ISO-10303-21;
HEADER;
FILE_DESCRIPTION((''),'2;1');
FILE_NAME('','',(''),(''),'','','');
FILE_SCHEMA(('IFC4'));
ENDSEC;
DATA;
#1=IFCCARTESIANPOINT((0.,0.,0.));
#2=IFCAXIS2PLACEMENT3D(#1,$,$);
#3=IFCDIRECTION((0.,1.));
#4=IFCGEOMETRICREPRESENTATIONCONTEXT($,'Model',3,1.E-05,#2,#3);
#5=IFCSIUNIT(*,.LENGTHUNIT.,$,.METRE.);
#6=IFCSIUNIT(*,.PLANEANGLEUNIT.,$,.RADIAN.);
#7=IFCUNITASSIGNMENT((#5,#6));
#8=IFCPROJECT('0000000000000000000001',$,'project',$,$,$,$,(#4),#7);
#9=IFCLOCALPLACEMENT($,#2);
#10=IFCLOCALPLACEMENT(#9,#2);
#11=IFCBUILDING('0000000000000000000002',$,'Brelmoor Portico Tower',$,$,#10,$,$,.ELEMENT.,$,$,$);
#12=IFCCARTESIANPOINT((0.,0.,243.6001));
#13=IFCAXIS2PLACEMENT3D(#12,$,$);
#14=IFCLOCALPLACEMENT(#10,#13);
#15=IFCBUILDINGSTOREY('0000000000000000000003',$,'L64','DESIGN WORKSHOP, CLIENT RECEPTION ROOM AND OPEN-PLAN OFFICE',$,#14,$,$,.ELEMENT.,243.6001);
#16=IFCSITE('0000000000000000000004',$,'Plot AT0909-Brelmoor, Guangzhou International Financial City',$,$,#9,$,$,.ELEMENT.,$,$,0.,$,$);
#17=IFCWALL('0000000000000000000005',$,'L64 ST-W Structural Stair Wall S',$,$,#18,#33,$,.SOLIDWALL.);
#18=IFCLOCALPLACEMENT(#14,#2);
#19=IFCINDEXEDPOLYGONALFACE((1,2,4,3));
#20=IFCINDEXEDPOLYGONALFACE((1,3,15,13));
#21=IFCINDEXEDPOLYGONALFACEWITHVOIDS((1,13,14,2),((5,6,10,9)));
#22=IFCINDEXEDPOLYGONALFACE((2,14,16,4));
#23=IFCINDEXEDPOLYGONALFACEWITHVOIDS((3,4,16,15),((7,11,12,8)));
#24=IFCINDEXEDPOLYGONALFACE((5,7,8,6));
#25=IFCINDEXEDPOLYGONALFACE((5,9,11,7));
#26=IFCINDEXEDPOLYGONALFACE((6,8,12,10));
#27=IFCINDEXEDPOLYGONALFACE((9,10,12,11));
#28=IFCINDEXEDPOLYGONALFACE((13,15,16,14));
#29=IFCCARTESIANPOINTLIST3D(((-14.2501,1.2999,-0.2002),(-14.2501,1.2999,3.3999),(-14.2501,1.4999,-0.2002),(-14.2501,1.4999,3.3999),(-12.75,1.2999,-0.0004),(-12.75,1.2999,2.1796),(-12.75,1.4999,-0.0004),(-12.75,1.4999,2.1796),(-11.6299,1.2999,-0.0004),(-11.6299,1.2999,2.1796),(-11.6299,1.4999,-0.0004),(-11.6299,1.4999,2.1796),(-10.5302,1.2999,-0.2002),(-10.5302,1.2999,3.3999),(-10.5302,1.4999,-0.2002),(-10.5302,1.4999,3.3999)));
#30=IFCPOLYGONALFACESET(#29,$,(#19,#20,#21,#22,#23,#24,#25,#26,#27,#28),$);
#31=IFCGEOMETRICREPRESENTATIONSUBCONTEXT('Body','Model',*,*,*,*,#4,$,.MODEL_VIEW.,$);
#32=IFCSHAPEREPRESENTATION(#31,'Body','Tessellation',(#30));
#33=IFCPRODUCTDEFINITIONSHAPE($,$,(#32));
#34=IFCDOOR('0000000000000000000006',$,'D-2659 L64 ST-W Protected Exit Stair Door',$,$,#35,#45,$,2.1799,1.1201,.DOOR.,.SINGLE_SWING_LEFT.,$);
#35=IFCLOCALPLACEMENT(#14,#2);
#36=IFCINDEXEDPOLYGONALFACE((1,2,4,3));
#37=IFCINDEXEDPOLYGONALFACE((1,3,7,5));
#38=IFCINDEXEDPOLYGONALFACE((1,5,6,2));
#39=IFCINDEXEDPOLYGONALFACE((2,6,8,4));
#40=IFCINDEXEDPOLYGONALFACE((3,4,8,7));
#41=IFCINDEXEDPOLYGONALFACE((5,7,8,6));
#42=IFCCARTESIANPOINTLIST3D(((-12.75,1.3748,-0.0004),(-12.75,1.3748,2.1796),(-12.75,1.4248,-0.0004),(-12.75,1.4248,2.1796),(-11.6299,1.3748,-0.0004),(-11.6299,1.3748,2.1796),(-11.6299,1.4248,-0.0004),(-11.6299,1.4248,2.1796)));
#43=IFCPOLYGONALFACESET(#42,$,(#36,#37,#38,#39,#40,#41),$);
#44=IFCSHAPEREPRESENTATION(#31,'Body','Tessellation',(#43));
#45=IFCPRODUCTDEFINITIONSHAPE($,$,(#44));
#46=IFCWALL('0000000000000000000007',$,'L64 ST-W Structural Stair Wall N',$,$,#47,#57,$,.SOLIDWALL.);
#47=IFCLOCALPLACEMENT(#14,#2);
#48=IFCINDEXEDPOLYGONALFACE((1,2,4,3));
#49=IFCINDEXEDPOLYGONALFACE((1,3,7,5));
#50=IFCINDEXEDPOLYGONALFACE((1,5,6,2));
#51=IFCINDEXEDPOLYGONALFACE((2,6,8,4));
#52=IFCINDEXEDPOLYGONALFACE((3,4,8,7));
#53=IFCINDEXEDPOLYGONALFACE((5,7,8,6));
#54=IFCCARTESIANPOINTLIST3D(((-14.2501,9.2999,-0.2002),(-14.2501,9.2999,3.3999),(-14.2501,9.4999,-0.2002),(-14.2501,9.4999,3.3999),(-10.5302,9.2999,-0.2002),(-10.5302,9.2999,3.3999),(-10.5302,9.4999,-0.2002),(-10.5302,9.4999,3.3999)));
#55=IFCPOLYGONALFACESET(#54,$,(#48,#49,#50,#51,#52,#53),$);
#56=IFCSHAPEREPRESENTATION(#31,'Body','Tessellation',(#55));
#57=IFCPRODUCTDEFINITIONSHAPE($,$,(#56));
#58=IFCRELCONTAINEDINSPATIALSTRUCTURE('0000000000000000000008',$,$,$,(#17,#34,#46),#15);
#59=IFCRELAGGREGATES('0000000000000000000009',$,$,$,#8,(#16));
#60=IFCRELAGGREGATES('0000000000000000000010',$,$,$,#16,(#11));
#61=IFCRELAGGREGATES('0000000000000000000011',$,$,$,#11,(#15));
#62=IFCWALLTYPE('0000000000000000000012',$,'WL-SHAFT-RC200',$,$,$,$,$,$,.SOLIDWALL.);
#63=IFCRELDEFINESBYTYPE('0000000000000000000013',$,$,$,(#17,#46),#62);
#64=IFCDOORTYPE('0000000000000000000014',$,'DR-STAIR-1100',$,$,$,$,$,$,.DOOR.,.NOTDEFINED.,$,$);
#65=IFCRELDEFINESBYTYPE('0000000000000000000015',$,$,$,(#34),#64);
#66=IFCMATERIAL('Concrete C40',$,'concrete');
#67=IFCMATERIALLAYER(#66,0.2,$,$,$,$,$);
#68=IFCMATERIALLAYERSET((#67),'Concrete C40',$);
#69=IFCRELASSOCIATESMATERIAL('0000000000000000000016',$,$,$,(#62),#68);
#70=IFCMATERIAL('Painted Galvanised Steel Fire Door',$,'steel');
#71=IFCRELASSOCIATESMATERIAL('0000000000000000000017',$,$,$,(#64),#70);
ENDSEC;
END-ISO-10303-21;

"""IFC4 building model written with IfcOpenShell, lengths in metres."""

from ifc_helpers import new_model, si_unit, direction, frame, frame_2d, origin, place, context, subcontext, project, spatial, rectangle, extrude, material, layer, layer_set, type_object, element, fill, save


model = new_model("IFC4")

# Units and contexts
model_context = context("Model", 3, precision=1e-05, world=origin(), true_north=direction((0.0, 1.0)))
body_context = subcontext(model_context, "Body", "Model", "MODEL_VIEW")
ifc_project = project(units=[si_unit("LENGTHUNIT", "METRE"), si_unit("PLANEANGLEUNIT", "RADIAN")], contexts=[model_context])

# Site, building, storey
site_placement = place(None, origin())
site = spatial("IfcSite", under=ifc_project, at=site_placement, Name="Plot AT0909-Brelmoor, Guangzhou International Financial City", CompositionType="ELEMENT", RefElevation=0.0)
building_placement = place(site_placement, origin())
building = spatial("IfcBuilding", under=site, at=building_placement, Name="Brelmoor Portico Tower", CompositionType="ELEMENT")
storey_placement = place(building_placement, frame((0.0, 0.0, 243.6001)))
storey = spatial("IfcBuildingStorey", under=building, at=storey_placement, Name="L64", Description="DESIGN WORKSHOP, CLIENT RECEPTION ROOM AND OPEN-PLAN OFFICE", CompositionType="ELEMENT", Elevation=243.6001)

# Shared definitions
ifc_material_1 = material(Name="Concrete C40", Category="concrete")
ifc_layer_1 = layer(ifc_material_1, 0.2)
ifc_layer_set_1 = layer_set([ifc_layer_1], Name="Concrete C40")
wall_type_1 = type_object("IfcWallType", Name="WL-SHAFT-RC200", PredefinedType="SOLIDWALL", material=ifc_layer_set_1)

# Wall, opening, door
wall_1_placement = place(storey_placement, frame((-14.25, 1.3999, -0.2002), z_axis=(0.0, 0.0, 1.0), x_axis=(1.0, 0.0, 0.0)))
wall_1 = element("IfcWall", 1, at=wall_1_placement, inside=storey, type_object=wall_type_1, Name="L64 ST-W Structural Stair Wall S", PredefinedType="SOLIDWALL", context=body_context, shape_type="SweptSolid", body=[
    extrude(rectangle(XDim=3.72, YDim=0.2, at=frame_2d((1.8599, 0.0))), origin(), (0.0, 0.0, 1.0), 3.6001),
])
opening_1_placement = place(wall_1_placement, frame((1.5, 0.0, 0.2)))
opening_1 = element("IfcOpeningElement", 2, at=opening_1_placement, cuts=wall_1, PredefinedType="OPENING", context=body_context, shape_type="SweptSolid", body=[
    extrude(rectangle(XDim=1.1201, YDim=2.1799, at=frame_2d((0.5601, 1.0898))), frame((0.0, 0.1099, 0.0), z_axis=(0.0, -1.0, 0.0), x_axis=(1.0, 0.0, 0.0)), (0.0, 0.0, 1.0), 0.22),
])
ifc_material_2 = material(Name="Painted Galvanised Steel Fire Door", Category="steel")
door_type_1 = type_object("IfcDoorType", Name="DR-STAIR-1100", OperationType="NOTDEFINED", PredefinedType="DOOR", material=ifc_material_2)
door_1_placement = place(opening_1_placement, origin())
door_1 = element("IfcDoor", 3, at=door_1_placement, inside=storey, type_object=door_type_1, Name="D-2659 L64 ST-W Protected Exit Stair Door", OperationType="SINGLE_SWING_LEFT", OverallHeight=2.1799, OverallWidth=1.1201, PredefinedType="DOOR", context=body_context, shape_type="SweptSolid", body=[
    extrude(rectangle(XDim=1.1201, YDim=2.1799, at=frame_2d((0.5601, 1.0898))), frame((0.0, 0.0249, 0.0), z_axis=(0.0, -1.0, 0.0), x_axis=(1.0, 0.0, 0.0)), (0.0, 0.0, 1.0), 0.05),
])
fill(opening_1, door_1)

# Wall
wall_2_placement = place(storey_placement, frame((-14.25, 9.3999, -0.2002), z_axis=(0.0, 0.0, 1.0), x_axis=(1.0, 0.0, 0.0)))
element("IfcWall", 4, at=wall_2_placement, inside=storey, type_object=wall_type_1, Name="L64 ST-W Structural Stair Wall N", PredefinedType="SOLIDWALL", context=body_context, shape_type="SweptSolid", body=[
    extrude(rectangle(XDim=3.72, YDim=0.2, at=frame_2d((1.8599, 0.0))), origin(), (0.0, 0.0, 1.0), 3.6001),
])

save(model, "model.ifc")
